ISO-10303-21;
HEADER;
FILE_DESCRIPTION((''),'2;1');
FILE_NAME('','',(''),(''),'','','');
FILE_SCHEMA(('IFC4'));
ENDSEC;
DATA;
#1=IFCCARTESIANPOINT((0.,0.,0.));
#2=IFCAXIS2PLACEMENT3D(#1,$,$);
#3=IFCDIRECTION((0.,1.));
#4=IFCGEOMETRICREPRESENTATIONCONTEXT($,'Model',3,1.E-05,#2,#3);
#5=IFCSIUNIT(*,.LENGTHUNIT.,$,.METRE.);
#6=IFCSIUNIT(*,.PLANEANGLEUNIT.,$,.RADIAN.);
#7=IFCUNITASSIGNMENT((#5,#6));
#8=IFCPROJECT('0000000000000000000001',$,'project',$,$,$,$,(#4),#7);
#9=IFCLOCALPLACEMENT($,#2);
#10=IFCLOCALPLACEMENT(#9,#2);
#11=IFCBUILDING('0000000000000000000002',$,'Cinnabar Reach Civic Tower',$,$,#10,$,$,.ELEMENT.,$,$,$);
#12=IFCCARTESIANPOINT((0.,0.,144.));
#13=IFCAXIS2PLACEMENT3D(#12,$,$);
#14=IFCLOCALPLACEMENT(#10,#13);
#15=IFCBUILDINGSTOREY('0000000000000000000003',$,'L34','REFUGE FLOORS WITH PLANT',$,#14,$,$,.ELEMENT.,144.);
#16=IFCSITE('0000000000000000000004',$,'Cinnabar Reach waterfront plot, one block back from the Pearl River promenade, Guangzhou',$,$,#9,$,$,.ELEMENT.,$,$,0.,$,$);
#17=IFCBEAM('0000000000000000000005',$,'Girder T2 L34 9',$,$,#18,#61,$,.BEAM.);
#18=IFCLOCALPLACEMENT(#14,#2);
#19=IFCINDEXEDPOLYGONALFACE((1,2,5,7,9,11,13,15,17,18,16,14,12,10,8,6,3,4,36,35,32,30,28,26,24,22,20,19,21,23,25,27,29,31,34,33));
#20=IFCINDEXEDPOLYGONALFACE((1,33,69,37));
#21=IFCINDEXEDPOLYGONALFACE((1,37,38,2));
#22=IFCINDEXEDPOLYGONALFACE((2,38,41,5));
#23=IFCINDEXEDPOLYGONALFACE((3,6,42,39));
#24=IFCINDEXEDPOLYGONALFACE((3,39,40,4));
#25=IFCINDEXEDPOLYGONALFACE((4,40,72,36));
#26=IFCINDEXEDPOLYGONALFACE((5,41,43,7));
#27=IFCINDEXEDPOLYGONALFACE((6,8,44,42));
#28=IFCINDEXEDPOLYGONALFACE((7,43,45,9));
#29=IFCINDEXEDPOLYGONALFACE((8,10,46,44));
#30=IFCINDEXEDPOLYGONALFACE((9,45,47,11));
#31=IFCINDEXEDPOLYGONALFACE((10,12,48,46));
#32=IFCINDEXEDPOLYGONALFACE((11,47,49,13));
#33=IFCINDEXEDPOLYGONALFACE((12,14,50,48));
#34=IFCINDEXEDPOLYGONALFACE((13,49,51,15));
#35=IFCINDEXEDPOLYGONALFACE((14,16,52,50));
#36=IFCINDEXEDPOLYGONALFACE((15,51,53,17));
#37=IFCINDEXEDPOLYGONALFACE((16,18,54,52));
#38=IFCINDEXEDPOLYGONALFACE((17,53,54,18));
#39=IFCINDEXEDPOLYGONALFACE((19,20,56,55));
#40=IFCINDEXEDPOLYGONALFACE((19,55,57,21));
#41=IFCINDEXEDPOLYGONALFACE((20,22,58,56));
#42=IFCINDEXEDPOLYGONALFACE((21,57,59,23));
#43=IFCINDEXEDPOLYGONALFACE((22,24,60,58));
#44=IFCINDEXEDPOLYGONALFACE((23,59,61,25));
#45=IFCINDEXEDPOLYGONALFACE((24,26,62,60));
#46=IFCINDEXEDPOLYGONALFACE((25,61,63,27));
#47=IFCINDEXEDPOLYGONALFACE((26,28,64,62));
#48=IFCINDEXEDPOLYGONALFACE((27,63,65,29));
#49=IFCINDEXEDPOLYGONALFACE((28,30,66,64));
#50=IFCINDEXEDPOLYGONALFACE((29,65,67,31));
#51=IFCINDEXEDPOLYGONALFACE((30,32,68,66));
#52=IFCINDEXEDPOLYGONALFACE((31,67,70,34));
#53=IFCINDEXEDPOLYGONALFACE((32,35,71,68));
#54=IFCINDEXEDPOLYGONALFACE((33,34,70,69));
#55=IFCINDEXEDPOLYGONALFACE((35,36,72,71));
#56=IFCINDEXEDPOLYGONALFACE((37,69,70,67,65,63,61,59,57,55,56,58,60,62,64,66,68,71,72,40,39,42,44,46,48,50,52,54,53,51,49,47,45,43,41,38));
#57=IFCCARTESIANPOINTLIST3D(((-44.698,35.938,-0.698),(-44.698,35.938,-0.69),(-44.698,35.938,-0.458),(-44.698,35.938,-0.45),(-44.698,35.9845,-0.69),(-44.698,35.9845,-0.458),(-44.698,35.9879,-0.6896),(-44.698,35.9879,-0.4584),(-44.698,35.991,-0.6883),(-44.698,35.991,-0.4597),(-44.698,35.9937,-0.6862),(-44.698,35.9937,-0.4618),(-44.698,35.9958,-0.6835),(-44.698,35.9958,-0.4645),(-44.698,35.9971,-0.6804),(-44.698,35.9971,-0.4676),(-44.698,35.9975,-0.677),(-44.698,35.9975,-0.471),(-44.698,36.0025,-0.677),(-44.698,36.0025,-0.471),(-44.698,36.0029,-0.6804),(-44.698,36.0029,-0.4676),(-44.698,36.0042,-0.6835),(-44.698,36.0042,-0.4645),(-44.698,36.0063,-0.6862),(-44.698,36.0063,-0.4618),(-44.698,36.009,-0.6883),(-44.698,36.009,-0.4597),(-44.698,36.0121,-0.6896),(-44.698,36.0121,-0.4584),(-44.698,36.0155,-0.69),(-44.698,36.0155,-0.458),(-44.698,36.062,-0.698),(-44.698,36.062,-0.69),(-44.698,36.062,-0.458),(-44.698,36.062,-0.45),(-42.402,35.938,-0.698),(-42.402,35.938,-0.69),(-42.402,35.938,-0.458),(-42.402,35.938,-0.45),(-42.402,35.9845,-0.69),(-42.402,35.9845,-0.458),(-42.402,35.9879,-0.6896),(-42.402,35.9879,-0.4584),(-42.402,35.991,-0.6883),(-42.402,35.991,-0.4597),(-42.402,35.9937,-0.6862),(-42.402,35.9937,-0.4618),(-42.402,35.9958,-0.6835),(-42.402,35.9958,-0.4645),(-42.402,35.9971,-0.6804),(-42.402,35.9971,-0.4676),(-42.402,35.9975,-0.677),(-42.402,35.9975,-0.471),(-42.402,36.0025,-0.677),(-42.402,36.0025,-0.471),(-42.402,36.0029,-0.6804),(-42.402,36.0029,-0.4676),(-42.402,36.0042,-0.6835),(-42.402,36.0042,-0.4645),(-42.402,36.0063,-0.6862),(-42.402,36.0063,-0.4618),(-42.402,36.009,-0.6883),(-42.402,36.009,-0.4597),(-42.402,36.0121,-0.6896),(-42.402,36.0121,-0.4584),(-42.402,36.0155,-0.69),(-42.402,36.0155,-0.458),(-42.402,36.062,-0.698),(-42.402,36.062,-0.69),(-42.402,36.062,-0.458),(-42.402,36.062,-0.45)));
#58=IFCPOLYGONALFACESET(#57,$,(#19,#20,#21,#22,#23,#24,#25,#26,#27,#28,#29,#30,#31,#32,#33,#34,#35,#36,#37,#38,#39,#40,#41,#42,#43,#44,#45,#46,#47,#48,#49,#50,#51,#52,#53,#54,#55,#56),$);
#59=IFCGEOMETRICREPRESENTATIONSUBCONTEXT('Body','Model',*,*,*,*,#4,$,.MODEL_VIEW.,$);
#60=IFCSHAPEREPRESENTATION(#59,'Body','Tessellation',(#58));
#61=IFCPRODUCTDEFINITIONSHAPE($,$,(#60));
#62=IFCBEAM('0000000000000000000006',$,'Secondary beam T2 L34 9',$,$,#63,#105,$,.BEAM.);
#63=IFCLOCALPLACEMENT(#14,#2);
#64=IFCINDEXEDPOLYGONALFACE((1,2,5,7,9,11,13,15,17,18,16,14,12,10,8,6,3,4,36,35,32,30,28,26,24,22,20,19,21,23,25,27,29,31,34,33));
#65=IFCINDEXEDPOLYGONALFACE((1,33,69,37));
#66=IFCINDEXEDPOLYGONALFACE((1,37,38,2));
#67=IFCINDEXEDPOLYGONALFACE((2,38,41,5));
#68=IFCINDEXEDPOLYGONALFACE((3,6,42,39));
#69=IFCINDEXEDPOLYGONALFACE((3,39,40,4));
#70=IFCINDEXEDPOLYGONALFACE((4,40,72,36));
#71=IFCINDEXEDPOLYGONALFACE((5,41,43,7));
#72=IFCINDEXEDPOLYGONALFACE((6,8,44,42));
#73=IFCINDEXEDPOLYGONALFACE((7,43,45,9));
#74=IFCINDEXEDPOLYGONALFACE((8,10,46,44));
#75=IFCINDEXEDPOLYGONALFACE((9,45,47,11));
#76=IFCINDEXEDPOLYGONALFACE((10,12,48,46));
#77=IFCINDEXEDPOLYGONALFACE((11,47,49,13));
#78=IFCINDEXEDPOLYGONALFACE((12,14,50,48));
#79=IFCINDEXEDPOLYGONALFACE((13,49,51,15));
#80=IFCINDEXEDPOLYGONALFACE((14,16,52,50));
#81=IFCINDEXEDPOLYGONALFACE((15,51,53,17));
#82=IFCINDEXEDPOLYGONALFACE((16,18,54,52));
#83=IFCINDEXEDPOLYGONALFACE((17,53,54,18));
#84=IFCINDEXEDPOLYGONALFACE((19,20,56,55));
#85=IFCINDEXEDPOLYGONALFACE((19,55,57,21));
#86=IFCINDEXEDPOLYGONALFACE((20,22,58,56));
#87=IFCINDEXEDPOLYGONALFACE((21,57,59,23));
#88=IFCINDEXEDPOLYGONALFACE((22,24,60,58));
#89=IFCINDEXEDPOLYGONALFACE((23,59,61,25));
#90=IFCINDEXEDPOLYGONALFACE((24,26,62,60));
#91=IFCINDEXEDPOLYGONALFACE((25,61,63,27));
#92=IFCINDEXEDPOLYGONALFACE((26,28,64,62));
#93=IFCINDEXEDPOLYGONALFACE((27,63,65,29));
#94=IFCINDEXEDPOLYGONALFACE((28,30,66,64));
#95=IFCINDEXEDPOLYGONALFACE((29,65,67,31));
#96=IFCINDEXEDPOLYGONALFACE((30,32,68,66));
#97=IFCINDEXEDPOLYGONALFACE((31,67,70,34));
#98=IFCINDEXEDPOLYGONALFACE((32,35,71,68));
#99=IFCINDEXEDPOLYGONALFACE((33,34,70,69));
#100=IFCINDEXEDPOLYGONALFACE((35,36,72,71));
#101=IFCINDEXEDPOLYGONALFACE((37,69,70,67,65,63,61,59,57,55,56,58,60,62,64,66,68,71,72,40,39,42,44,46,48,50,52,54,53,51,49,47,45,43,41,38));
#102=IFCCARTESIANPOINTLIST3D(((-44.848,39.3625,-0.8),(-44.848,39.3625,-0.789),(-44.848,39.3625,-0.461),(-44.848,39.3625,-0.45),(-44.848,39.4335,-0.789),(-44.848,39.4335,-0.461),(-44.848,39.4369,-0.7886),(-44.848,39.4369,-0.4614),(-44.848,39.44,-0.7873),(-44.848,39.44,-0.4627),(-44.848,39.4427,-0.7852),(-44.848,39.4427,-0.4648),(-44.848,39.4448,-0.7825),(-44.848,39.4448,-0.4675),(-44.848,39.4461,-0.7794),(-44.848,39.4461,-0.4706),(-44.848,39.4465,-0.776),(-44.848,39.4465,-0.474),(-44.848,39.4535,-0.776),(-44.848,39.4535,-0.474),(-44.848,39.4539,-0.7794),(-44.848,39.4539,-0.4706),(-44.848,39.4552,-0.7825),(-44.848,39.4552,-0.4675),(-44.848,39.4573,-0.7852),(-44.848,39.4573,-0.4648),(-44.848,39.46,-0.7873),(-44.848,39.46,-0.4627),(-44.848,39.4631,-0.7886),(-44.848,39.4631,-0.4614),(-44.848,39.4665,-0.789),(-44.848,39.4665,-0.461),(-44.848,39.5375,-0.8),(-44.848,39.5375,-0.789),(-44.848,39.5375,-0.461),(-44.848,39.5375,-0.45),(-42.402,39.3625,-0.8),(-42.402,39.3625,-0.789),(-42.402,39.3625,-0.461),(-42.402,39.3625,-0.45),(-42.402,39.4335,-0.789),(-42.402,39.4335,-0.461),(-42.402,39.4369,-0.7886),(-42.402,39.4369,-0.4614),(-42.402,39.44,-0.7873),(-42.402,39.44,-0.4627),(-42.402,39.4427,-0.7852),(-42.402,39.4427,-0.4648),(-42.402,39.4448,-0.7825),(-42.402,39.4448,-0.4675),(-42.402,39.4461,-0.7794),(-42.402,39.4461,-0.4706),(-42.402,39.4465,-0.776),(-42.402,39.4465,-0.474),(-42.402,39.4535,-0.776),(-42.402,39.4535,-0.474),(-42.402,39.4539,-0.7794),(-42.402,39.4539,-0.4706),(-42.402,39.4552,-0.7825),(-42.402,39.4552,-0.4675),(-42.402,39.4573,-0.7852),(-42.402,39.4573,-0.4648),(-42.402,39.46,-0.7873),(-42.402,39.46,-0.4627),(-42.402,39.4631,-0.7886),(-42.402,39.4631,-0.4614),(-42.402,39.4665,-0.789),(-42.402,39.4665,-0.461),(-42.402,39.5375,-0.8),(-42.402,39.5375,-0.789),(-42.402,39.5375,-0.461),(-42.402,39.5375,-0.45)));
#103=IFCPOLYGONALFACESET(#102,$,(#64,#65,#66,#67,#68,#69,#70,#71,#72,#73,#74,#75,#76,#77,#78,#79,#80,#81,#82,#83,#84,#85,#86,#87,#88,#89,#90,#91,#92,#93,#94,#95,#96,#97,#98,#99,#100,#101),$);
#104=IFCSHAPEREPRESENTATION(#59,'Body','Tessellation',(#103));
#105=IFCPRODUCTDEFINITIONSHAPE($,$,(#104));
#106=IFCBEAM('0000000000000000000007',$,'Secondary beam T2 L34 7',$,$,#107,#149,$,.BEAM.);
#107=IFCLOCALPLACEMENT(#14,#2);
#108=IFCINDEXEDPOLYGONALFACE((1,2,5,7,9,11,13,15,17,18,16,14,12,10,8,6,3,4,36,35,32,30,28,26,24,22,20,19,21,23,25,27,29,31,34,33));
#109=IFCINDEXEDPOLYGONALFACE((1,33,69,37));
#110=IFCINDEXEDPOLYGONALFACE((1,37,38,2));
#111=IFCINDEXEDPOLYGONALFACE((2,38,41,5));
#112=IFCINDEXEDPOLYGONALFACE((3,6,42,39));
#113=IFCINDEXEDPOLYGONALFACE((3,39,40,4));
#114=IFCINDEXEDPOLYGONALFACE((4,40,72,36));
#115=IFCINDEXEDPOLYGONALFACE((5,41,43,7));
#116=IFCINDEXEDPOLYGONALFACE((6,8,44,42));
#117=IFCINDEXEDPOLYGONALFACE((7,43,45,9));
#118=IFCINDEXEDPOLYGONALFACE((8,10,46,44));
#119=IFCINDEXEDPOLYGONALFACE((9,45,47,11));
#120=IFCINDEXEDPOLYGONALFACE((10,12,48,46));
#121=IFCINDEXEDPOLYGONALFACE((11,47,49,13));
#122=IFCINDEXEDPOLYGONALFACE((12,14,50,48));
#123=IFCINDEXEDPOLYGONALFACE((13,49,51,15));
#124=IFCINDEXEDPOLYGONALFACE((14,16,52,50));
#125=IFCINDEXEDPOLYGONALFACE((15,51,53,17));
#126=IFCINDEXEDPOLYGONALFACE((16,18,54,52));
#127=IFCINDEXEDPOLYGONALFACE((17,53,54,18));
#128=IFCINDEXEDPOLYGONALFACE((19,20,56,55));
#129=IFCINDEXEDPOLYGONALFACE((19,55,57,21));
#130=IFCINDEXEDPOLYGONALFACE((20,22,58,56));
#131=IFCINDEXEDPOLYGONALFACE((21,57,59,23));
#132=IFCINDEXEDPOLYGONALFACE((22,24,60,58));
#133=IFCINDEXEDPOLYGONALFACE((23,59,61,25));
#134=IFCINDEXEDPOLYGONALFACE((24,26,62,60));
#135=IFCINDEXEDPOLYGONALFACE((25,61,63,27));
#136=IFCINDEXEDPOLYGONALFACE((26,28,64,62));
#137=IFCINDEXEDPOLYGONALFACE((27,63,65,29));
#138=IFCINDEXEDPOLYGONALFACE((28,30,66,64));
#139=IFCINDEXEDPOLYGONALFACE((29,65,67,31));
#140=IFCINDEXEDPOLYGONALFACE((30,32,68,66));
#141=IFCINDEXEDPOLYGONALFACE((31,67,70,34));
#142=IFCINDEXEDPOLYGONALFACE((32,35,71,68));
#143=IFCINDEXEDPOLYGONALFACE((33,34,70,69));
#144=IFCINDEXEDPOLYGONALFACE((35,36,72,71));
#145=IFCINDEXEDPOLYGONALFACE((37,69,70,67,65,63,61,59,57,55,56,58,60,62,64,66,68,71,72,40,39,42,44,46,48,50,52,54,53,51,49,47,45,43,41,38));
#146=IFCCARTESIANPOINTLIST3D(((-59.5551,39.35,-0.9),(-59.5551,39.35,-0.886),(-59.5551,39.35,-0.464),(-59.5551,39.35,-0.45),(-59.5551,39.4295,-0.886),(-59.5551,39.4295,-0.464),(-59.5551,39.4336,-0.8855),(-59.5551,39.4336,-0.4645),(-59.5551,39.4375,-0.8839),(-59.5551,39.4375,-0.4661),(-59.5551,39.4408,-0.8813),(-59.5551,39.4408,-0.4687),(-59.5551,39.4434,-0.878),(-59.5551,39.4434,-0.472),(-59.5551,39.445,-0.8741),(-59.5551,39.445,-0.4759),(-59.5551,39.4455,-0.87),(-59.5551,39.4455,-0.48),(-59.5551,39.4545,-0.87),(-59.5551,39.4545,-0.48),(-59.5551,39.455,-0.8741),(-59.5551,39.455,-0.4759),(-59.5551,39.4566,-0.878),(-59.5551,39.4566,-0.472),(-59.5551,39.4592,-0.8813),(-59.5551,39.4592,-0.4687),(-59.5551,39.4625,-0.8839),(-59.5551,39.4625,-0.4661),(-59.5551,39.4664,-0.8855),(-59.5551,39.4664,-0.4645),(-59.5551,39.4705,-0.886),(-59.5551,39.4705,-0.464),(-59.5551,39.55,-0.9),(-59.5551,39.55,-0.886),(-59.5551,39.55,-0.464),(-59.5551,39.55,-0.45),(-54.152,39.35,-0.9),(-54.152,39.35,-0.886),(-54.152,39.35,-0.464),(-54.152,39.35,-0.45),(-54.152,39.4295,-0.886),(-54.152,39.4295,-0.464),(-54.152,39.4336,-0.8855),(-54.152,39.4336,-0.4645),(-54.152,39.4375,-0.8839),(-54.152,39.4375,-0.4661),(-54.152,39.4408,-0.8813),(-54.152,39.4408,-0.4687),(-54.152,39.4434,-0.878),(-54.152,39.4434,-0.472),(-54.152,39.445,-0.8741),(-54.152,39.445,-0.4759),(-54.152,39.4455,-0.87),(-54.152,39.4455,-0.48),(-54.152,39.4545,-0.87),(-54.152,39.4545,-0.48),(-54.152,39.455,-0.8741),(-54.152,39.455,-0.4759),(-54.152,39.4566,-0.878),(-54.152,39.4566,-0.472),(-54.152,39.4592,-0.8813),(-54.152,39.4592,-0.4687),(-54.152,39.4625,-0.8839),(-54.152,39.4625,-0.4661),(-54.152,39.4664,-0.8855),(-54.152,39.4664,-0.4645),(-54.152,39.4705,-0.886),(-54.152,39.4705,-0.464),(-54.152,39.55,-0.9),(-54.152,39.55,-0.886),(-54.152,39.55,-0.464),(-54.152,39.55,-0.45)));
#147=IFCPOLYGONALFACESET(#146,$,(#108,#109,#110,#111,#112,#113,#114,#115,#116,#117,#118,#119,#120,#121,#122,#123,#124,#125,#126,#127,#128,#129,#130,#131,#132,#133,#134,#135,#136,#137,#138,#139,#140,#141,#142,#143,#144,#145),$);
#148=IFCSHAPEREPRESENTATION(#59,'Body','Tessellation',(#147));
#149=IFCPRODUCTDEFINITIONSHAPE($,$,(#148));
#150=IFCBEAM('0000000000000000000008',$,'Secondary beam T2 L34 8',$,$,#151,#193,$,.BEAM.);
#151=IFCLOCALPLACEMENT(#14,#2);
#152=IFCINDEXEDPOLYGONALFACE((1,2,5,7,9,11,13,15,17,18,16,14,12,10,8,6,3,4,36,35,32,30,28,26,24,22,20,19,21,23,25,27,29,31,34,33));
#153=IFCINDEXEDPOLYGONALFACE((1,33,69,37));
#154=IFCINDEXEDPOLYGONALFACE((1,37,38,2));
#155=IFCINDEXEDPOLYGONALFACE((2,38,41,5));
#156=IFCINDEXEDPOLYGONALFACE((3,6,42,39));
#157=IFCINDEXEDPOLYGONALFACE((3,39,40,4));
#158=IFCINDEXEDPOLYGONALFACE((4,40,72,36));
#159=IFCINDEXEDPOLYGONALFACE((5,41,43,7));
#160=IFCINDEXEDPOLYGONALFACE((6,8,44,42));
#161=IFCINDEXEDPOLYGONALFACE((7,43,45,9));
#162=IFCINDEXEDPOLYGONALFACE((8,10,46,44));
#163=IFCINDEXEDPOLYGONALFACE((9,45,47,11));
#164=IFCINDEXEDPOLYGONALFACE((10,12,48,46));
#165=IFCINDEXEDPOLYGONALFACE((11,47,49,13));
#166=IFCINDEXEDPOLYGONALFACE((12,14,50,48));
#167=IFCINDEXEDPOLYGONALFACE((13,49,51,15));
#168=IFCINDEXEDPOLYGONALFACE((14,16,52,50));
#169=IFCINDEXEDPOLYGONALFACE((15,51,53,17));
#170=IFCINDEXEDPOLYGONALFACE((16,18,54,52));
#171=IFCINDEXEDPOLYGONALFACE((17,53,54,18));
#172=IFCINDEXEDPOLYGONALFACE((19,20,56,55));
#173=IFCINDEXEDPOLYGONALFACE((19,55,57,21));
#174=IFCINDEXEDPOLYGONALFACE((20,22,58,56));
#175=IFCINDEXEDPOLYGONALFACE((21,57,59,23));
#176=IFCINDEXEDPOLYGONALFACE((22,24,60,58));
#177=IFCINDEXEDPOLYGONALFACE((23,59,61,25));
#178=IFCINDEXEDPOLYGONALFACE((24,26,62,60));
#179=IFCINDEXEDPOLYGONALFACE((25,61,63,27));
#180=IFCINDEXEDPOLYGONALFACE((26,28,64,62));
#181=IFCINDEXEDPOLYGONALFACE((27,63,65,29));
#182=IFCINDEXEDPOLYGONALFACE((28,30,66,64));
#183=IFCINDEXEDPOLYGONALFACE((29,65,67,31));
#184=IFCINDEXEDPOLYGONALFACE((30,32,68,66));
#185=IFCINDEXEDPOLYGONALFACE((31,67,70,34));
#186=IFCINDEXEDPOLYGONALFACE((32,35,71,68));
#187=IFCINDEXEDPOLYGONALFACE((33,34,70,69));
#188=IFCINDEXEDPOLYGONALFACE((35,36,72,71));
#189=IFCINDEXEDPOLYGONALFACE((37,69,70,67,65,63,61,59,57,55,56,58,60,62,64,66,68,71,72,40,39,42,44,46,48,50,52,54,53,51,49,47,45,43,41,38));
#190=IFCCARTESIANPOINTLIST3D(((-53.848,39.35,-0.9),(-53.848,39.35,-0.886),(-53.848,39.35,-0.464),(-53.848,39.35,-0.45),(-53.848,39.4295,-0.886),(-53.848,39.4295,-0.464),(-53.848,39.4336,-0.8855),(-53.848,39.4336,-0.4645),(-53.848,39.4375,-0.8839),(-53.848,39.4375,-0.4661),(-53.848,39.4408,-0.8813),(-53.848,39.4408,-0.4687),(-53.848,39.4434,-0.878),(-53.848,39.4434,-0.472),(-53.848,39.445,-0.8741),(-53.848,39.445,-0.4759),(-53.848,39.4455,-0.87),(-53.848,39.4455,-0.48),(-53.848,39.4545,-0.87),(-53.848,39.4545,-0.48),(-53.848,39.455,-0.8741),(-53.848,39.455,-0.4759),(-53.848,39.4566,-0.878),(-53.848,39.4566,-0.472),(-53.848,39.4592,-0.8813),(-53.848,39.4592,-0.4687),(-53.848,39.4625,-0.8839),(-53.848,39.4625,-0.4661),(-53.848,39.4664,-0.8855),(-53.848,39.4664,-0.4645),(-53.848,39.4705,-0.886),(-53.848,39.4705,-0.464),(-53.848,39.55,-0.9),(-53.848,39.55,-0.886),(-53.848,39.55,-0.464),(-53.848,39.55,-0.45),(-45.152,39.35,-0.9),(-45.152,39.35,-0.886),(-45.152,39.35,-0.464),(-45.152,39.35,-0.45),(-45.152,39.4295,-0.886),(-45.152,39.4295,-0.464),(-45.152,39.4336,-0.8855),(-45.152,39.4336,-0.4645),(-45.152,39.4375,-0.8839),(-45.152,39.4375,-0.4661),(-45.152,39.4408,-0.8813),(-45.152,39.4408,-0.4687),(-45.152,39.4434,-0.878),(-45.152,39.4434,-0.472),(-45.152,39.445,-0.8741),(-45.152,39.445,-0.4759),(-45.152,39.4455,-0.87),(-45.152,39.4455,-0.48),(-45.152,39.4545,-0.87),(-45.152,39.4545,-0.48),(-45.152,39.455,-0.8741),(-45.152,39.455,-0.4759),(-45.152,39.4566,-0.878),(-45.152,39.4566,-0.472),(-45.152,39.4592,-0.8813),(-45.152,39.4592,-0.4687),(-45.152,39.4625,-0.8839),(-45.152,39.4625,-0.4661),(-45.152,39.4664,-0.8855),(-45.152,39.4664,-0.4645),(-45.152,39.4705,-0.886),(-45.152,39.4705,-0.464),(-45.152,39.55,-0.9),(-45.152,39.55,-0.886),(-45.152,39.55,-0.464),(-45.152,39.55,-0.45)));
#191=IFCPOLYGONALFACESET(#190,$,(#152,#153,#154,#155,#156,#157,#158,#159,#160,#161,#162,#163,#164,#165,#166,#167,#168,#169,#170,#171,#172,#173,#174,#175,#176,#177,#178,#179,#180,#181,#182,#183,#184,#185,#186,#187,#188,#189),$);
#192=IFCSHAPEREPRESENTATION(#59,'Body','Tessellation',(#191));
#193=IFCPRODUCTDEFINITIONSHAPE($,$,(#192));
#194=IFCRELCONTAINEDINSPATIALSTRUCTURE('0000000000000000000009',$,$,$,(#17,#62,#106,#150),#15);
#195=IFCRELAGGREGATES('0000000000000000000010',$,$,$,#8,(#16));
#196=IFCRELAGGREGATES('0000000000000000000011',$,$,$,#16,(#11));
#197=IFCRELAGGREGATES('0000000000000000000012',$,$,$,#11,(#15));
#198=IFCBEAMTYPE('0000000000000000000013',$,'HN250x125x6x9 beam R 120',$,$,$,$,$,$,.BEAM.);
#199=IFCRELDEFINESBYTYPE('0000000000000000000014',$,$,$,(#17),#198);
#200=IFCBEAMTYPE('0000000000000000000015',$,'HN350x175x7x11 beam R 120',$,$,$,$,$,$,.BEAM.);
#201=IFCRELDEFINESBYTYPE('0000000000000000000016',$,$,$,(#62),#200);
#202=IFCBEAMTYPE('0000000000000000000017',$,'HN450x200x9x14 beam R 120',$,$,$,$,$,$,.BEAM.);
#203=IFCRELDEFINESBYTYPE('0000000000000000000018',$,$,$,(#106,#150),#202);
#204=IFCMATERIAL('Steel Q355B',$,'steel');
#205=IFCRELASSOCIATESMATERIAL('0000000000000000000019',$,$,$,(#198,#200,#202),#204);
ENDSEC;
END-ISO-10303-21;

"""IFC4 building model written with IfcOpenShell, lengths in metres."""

from ifc_helpers import new_model, si_unit, direction, frame, origin, origin_2d, place, context, subcontext, project, spatial, i_section, extrude, material, material_profile, profile_set, type_object, element, save


model = new_model("IFC4")

# Units and contexts
model_context = context("Model", 3, precision=1e-05, world=origin(), true_north=direction((0.0, 1.0)))
body_context = subcontext(model_context, "Body", "Model", "MODEL_VIEW")
ifc_project = project(units=[si_unit("LENGTHUNIT", "METRE"), si_unit("PLANEANGLEUNIT", "RADIAN")], contexts=[model_context])

# Site, building, storey
site_placement = place(None, origin())
site = spatial("IfcSite", under=ifc_project, at=site_placement, Name="Cinnabar Reach waterfront plot, one block back from the Pearl River promenade, Guangzhou", CompositionType="ELEMENT", RefElevation=0.0)
building_placement = place(site_placement, origin())
building = spatial("IfcBuilding", under=site, at=building_placement, Name="Cinnabar Reach Civic Tower", CompositionType="ELEMENT")
storey_placement = place(building_placement, frame((0.0, 0.0, 144.0)))
storey = spatial("IfcBuildingStorey", under=building, at=storey_placement, Name="L34", Description="REFUGE FLOORS WITH PLANT", CompositionType="ELEMENT", Elevation=144.0)

# Beams
ifc_material_1 = material(Name="Steel Q355B", Category="steel")
ifc_material_profile_1 = material_profile(ifc_material_1, i_section(OverallWidth=0.124, OverallDepth=0.248, WebThickness=0.005, FlangeThickness=0.008, FilletRadius=0.013, at=origin_2d()), Name="HN250x125x6x9")
ifc_profile_set_1 = profile_set([ifc_material_profile_1], Name="Steel Q355B")
beam_type_1 = type_object("IfcBeamType", Name="HN250x125x6x9 beam R 120", PredefinedType="BEAM", material=ifc_profile_set_1)
beam_1_placement = place(storey_placement, frame((-44.698, 36.0, -0.574), z_axis=(1.0, 0.0, 0.0), x_axis=(0.0, 1.0, 0.0)))
element("IfcBeam", 1, at=beam_1_placement, inside=storey, type_object=beam_type_1, Name="Girder T2 L34 9", PredefinedType="BEAM", context=body_context, shape_type="SweptSolid", body=[
    extrude(i_section(OverallWidth=0.124, OverallDepth=0.248, WebThickness=0.005, FlangeThickness=0.008, FilletRadius=0.013, at=origin_2d()), origin(), (0.0, 0.0, 1.0), 2.296),
])
ifc_material_profile_2 = material_profile(ifc_material_1, i_section(OverallWidth=0.175, OverallDepth=0.35, WebThickness=0.007, FlangeThickness=0.011, FilletRadius=0.013, at=origin_2d()), Name="HN350x175x7x11")
ifc_profile_set_2 = profile_set([ifc_material_profile_2], Name="Steel Q355B")
beam_type_2 = type_object("IfcBeamType", Name="HN350x175x7x11 beam R 120", PredefinedType="BEAM", material=ifc_profile_set_2)
beam_2_placement = place(storey_placement, frame((-44.848, 39.45, -0.625), z_axis=(1.0, 0.0, 0.0), x_axis=(0.0, 1.0, 0.0)))
element("IfcBeam", 2, at=beam_2_placement, inside=storey, type_object=beam_type_2, Name="Secondary beam T2 L34 9", PredefinedType="BEAM", context=body_context, shape_type="SweptSolid", body=[
    extrude(i_section(OverallWidth=0.175, OverallDepth=0.35, WebThickness=0.007, FlangeThickness=0.011, FilletRadius=0.013, at=origin_2d()), origin(), (0.0, 0.0, 1.0), 2.446),
])
ifc_material_profile_3 = material_profile(ifc_material_1, i_section(OverallWidth=0.2, OverallDepth=0.45, WebThickness=0.009, FlangeThickness=0.014, FilletRadius=0.016, at=origin_2d()), Name="HN450x200x9x14")
ifc_profile_set_3 = profile_set([ifc_material_profile_3], Name="Steel Q355B")
beam_type_3 = type_object("IfcBeamType", Name="HN450x200x9x14 beam R 120", PredefinedType="BEAM", material=ifc_profile_set_3)
beam_3_placement = place(storey_placement, frame((-59.5551, 39.45, -0.675), z_axis=(1.0, 0.0, 0.0), x_axis=(0.0, 1.0, 0.0)))
element("IfcBeam", 3, at=beam_3_placement, inside=storey, type_object=beam_type_3, Name="Secondary beam T2 L34 7", PredefinedType="BEAM", context=body_context, shape_type="SweptSolid", body=[
    extrude(i_section(OverallWidth=0.2, OverallDepth=0.45, WebThickness=0.009, FlangeThickness=0.014, FilletRadius=0.016, at=origin_2d()), origin(), (0.0, 0.0, 1.0), 5.4031),
])
beam_4_placement = place(storey_placement, frame((-53.848, 39.45, -0.675), z_axis=(1.0, 0.0, 0.0), x_axis=(0.0, 1.0, 0.0)))
element("IfcBeam", 4, at=beam_4_placement, inside=storey, type_object=beam_type_3, Name="Secondary beam T2 L34 8", PredefinedType="BEAM", context=body_context, shape_type="SweptSolid", body=[
    extrude(i_section(OverallWidth=0.2, OverallDepth=0.45, WebThickness=0.009, FlangeThickness=0.014, FilletRadius=0.016, at=origin_2d()), origin(), (0.0, 0.0, 1.0), 8.696),
])

save(model, "model.ifc")
